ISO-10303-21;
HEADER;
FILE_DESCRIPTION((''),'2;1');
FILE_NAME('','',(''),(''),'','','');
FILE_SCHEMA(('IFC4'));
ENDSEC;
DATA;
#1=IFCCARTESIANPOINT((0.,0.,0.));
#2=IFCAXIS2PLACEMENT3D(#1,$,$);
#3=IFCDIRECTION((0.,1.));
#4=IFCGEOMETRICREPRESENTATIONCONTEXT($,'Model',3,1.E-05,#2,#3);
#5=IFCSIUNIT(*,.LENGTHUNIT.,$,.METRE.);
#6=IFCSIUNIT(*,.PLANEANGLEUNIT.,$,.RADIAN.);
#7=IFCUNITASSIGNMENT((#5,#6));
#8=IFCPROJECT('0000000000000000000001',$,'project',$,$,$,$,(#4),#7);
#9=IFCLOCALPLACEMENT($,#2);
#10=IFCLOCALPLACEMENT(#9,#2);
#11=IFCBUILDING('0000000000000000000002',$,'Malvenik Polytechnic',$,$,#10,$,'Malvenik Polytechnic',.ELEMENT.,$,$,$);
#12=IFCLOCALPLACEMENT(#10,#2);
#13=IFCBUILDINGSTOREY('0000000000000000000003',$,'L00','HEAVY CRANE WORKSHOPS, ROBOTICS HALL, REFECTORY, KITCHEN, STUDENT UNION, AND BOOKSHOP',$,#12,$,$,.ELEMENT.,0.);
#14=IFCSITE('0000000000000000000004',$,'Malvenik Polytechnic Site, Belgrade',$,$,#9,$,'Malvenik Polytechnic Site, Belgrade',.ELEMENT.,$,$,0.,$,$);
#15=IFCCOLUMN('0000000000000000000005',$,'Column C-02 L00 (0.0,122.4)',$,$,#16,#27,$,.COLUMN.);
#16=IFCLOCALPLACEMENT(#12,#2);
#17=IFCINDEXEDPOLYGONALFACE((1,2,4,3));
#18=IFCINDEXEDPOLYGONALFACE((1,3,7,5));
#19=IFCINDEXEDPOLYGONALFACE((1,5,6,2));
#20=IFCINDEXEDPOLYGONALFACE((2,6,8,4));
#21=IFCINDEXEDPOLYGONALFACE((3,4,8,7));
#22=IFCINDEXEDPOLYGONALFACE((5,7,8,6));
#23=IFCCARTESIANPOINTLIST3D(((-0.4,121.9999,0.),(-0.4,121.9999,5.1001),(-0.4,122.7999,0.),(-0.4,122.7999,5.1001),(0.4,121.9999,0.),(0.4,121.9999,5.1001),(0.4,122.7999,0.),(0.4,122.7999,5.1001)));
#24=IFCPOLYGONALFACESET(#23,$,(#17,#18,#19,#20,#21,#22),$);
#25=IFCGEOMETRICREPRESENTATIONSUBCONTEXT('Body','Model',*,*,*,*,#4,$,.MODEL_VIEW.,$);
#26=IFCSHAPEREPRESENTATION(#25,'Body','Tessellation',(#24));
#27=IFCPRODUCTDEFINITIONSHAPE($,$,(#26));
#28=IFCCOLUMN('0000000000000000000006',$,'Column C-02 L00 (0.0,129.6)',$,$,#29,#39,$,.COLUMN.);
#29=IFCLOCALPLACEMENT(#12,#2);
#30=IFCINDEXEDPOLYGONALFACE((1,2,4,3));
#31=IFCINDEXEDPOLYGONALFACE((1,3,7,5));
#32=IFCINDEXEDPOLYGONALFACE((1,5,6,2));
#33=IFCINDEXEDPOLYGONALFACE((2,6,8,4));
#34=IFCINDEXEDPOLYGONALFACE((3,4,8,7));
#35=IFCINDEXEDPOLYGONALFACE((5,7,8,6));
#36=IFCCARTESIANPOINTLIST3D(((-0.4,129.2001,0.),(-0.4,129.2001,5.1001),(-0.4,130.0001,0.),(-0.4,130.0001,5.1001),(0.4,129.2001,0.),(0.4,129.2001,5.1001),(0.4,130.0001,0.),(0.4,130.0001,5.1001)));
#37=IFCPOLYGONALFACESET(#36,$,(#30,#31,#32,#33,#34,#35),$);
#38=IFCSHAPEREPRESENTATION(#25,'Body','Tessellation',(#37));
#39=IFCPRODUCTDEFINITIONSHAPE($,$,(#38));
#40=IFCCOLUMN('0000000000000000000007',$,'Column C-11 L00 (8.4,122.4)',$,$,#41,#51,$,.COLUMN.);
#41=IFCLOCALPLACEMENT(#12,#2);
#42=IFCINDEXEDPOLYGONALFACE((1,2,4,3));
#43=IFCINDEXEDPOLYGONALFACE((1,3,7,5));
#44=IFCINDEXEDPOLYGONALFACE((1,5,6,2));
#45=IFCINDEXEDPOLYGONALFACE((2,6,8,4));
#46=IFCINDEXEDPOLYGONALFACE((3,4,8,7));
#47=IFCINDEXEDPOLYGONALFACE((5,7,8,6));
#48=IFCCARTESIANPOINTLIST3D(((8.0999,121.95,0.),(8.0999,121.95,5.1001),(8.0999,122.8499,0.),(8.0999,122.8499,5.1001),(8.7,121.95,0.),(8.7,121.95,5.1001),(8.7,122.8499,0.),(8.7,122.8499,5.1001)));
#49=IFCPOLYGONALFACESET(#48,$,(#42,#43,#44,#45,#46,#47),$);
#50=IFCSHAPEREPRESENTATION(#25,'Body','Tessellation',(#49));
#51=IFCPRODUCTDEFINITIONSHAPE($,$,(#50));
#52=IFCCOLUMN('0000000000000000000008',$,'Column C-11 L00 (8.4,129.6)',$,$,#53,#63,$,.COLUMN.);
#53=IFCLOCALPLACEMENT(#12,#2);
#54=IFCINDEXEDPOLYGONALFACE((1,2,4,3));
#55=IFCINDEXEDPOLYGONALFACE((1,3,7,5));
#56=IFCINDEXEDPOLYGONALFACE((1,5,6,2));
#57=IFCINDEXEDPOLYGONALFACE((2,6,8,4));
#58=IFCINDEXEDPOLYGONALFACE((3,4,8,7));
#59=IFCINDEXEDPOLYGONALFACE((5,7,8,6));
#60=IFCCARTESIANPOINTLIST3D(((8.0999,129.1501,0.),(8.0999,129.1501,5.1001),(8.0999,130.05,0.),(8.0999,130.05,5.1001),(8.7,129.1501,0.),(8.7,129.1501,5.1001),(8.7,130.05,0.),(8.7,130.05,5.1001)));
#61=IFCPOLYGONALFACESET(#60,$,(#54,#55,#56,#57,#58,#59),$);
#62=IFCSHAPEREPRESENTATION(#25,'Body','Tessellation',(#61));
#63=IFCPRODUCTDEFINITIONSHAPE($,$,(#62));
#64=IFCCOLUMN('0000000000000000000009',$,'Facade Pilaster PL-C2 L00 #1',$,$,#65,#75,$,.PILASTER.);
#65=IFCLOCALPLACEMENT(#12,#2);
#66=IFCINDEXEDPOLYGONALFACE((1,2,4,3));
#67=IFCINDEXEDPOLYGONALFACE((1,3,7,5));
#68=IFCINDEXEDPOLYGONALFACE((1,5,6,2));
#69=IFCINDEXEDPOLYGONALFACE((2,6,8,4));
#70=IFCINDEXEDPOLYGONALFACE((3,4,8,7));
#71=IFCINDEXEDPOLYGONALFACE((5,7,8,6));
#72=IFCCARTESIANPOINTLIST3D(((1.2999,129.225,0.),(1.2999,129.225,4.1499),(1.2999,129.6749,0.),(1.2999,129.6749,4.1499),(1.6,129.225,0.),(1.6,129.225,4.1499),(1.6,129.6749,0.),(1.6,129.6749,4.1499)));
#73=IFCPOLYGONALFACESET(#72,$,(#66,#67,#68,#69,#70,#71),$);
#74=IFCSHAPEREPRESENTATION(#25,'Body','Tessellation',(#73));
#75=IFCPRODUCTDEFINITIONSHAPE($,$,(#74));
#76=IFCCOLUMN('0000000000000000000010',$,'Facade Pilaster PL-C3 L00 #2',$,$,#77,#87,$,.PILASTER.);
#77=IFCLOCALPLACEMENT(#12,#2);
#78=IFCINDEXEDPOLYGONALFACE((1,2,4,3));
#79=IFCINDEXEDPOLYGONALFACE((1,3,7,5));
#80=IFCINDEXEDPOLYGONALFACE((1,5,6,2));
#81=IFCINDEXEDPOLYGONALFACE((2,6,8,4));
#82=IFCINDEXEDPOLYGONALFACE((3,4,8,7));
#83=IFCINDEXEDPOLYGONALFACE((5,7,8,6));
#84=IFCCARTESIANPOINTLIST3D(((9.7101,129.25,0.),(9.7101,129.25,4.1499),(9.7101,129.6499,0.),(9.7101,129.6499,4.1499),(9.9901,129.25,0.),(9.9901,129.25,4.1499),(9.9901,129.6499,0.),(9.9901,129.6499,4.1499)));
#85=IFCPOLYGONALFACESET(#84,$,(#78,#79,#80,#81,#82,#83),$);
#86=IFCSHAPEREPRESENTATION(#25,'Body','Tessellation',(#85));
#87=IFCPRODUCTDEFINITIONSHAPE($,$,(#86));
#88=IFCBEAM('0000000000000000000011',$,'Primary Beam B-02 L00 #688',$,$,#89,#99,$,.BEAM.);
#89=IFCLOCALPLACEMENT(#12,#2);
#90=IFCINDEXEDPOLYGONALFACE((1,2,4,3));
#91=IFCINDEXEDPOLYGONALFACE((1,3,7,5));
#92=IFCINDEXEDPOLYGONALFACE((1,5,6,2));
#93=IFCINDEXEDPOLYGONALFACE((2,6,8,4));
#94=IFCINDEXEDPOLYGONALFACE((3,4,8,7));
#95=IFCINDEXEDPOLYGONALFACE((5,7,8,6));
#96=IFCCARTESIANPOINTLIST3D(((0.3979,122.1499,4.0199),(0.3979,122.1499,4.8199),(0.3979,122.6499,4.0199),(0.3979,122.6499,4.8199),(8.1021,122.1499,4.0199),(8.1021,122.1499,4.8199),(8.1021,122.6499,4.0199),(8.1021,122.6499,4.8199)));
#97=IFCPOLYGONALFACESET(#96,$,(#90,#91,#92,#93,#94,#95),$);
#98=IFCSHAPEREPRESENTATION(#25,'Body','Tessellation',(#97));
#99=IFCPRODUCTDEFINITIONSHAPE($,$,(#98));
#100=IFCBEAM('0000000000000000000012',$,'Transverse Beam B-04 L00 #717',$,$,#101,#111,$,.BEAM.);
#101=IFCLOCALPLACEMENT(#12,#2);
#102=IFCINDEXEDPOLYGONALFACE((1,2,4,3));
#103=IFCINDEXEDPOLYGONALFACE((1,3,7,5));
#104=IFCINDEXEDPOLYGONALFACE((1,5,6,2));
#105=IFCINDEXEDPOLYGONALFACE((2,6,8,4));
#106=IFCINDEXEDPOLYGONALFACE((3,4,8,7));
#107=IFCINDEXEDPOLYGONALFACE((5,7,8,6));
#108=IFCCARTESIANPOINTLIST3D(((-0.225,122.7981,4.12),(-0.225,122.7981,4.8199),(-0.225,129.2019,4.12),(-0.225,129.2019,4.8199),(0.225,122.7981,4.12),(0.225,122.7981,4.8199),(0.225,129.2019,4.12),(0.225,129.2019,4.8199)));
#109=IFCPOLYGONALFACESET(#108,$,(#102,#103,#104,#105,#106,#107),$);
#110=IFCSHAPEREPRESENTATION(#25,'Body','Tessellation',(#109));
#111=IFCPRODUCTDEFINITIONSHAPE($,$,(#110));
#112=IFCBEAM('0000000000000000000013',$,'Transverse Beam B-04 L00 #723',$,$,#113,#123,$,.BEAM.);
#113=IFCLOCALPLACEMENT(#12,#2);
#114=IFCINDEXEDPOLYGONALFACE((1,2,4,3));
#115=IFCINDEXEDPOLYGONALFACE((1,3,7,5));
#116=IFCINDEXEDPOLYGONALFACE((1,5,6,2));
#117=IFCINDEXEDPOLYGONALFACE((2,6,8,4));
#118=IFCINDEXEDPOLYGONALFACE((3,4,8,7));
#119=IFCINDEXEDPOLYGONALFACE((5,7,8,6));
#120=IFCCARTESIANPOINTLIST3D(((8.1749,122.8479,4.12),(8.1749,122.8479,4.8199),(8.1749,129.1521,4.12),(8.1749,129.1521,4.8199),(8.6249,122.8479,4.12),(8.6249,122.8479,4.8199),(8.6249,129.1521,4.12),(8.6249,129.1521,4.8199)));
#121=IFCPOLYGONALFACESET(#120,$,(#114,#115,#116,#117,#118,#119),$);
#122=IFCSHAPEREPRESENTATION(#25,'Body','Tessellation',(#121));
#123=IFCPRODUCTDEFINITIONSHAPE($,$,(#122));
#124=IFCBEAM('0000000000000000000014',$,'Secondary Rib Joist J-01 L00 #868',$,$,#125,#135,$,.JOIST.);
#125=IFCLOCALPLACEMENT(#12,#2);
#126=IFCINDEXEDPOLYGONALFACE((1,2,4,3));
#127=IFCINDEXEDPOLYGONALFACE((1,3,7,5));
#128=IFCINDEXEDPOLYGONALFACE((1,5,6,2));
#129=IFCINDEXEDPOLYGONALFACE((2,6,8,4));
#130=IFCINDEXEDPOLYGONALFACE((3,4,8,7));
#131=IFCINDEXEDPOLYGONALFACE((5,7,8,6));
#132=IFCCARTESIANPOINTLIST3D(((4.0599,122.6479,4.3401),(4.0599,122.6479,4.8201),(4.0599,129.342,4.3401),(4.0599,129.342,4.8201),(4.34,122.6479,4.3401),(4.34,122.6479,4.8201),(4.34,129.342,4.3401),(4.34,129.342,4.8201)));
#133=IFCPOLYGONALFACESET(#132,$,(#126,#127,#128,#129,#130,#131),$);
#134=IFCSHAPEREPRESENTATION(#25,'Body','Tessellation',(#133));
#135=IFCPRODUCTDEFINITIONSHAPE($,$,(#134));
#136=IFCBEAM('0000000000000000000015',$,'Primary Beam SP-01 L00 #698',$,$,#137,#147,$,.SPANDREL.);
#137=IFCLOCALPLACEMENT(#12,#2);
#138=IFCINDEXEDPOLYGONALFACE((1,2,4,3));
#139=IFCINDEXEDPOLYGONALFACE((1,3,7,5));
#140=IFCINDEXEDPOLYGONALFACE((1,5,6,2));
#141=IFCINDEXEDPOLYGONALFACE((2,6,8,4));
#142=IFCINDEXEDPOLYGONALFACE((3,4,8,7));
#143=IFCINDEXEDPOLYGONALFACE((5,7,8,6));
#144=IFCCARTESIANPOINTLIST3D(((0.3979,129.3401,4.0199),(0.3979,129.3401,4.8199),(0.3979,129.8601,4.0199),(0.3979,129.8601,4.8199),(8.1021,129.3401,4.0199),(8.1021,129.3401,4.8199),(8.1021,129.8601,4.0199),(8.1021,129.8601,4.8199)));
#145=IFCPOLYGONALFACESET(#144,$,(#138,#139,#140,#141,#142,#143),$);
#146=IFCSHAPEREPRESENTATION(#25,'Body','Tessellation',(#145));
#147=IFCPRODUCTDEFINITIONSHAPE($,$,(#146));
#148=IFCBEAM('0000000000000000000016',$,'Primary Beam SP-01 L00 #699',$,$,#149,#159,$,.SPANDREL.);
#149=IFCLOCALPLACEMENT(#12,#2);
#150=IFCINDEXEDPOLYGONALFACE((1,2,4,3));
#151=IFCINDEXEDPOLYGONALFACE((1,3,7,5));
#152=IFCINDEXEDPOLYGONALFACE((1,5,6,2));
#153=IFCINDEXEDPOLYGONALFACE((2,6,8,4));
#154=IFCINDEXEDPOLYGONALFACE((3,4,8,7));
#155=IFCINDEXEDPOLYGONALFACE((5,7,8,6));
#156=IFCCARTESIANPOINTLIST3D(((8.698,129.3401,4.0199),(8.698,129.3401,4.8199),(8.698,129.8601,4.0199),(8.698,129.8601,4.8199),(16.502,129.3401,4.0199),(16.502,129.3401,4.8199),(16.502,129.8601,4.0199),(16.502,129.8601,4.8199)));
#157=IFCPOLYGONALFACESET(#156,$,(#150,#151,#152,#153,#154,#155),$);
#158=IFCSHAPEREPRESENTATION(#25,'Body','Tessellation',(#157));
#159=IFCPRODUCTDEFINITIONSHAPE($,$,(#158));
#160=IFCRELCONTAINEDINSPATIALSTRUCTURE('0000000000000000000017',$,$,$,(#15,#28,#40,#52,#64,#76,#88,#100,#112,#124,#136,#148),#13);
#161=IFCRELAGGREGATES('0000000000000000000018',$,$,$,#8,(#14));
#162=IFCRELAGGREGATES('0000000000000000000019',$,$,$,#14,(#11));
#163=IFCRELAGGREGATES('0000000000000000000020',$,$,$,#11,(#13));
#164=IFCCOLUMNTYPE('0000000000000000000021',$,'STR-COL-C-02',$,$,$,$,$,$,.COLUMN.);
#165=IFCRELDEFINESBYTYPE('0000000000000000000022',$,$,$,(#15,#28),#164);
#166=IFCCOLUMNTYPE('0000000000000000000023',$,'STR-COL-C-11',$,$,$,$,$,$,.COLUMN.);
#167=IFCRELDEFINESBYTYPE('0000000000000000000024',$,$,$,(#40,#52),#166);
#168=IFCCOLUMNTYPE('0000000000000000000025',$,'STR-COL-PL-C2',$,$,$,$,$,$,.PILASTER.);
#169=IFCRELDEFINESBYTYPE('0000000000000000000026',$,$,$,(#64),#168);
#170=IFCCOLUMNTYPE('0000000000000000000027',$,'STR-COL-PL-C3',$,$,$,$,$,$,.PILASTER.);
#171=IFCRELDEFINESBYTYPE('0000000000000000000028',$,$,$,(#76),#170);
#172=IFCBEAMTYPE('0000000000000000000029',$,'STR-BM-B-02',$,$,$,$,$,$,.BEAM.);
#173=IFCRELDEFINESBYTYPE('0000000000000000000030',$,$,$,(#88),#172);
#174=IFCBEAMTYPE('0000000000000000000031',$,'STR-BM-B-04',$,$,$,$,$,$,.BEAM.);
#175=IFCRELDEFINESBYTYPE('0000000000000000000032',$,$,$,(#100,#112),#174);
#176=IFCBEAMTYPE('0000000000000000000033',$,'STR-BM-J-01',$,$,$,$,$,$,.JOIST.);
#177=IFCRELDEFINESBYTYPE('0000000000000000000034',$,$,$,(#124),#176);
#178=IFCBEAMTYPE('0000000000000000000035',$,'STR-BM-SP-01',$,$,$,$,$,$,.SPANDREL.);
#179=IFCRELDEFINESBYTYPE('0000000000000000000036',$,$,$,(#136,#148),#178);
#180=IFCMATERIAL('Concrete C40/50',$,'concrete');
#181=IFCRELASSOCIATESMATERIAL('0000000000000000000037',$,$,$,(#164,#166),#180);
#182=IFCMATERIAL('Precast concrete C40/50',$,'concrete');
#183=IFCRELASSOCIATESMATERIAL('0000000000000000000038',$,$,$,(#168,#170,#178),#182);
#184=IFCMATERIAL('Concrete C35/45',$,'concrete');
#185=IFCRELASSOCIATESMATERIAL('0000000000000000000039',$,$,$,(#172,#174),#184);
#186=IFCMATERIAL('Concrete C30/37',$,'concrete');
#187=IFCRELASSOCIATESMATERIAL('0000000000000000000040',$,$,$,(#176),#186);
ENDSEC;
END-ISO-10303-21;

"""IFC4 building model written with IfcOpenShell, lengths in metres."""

from ifc_helpers import new_model, si_unit, direction, frame, origin, origin_2d, place, context, subcontext, project, spatial, rectangle, extrude, material, material_profile, profile_set, type_object, element, save


model = new_model("IFC4")

# Units and contexts
model_context = context("Model", 3, precision=1e-05, world=origin(), true_north=direction((0.0, 1.0)))
body_context = subcontext(model_context, "Body", "Model", "MODEL_VIEW")
ifc_project = project(units=[si_unit("LENGTHUNIT", "METRE"), si_unit("PLANEANGLEUNIT", "RADIAN")], contexts=[model_context])

# Site, building, storey
site_placement = place(None, origin())
site = spatial("IfcSite", under=ifc_project, at=site_placement, Name="Malvenik Polytechnic Site, Belgrade", LongName="Malvenik Polytechnic Site, Belgrade", CompositionType="ELEMENT", RefElevation=0.0)
building_placement = place(site_placement, origin())
building = spatial("IfcBuilding", under=site, at=building_placement, Name="Malvenik Polytechnic", LongName="Malvenik Polytechnic", CompositionType="ELEMENT")
storey_placement = place(building_placement, origin())
storey = spatial("IfcBuildingStorey", under=building, at=storey_placement, Name="L00", Description="HEAVY CRANE WORKSHOPS, ROBOTICS HALL, REFECTORY, KITCHEN, STUDENT UNION, AND BOOKSHOP", CompositionType="ELEMENT", Elevation=0.0)

# Columns
ifc_material_1 = material(Name="Concrete C40/50", Category="concrete")
ifc_material_profile_1 = material_profile(ifc_material_1, rectangle(XDim=0.8, YDim=0.8, at=origin_2d()), Name="RC COL 800x800")
ifc_profile_set_1 = profile_set([ifc_material_profile_1], Name="Concrete C40/50")
column_type_1 = type_object("IfcColumnType", Name="STR-COL-C-02", PredefinedType="COLUMN", material=ifc_profile_set_1)
for number, where, z_axis, x_axis, name in (
    (1, (0.0, 122.3999, 0.0), (0.0, 0.0, 1.0), (1.0, 0.0, 0.0), "Column C-02 L00 (0.0,122.4)"),
    (2, (0.0, 129.6001, 0.0), (0.0, 0.0, 1.0), (1.0, 0.0, 0.0), "Column C-02 L00 (0.0,129.6)"),
):
    element("IfcColumn", number, at=place(storey_placement, frame(where, z_axis=z_axis, x_axis=x_axis)), inside=storey, type_object=column_type_1, Name=name, PredefinedType="COLUMN", context=body_context, shape_type="SweptSolid", body=[
        extrude(rectangle(XDim=0.8, YDim=0.8, at=origin_2d()), origin(), (0.0, 0.0, 1.0), 5.1001),
    ])
ifc_material_profile_2 = material_profile(ifc_material_1, rectangle(XDim=0.6001, YDim=0.8999, at=origin_2d()), Name="RC COL 900x600")
ifc_profile_set_2 = profile_set([ifc_material_profile_2], Name="Concrete C40/50")
column_type_2 = type_object("IfcColumnType", Name="STR-COL-C-11", PredefinedType="COLUMN", material=ifc_profile_set_2)
for number, where, z_axis, x_axis, name in (
    (3, (8.3999, 122.3999, 0.0), (0.0, 0.0, 1.0), (1.0, 0.0, 0.0), "Column C-11 L00 (8.4,122.4)"),
    (4, (8.3999, 129.6001, 0.0), (0.0, 0.0, 1.0), (1.0, 0.0, 0.0), "Column C-11 L00 (8.4,129.6)"),
):
    element("IfcColumn", number, at=place(storey_placement, frame(where, z_axis=z_axis, x_axis=x_axis)), inside=storey, type_object=column_type_2, Name=name, PredefinedType="COLUMN", context=body_context, shape_type="SweptSolid", body=[
        extrude(rectangle(XDim=0.6001, YDim=0.8999, at=origin_2d()), origin(), (0.0, 0.0, 1.0), 5.1001),
    ])
ifc_material_2 = material(Name="Precast concrete C40/50", Category="concrete")
ifc_material_profile_3 = material_profile(ifc_material_2, rectangle(XDim=0.3, YDim=0.45, at=origin_2d()), Name="RC PIL 450x300")
ifc_profile_set_3 = profile_set([ifc_material_profile_3], Name="Precast concrete C40/50")
column_type_3 = type_object("IfcColumnType", Name="STR-COL-PL-C2", PredefinedType="PILASTER", material=ifc_profile_set_3)
column_1_placement = place(storey_placement, frame((1.45, 129.45, 0.0), z_axis=(0.0, 0.0, 1.0), x_axis=(1.0, 0.0, 0.0)))
element("IfcColumn", 5, at=column_1_placement, inside=storey, type_object=column_type_3, Name="Facade Pilaster PL-C2 L00 #1", PredefinedType="PILASTER", context=body_context, shape_type="SweptSolid", body=[
    extrude(rectangle(XDim=0.3, YDim=0.45, at=origin_2d()), origin(), (0.0, 0.0, 1.0), 4.1499),
])
ifc_material_profile_4 = material_profile(ifc_material_2, rectangle(XDim=0.28, YDim=0.3999, at=origin_2d()), Name="RC PIL 400x280")
ifc_profile_set_4 = profile_set([ifc_material_profile_4], Name="Precast concrete C40/50")
column_type_4 = type_object("IfcColumnType", Name="STR-COL-PL-C3", PredefinedType="PILASTER", material=ifc_profile_set_4)
column_2_placement = place(storey_placement, frame((9.8501, 129.45, 0.0), z_axis=(0.0, 0.0, 1.0), x_axis=(1.0, 0.0, 0.0)))
element("IfcColumn", 6, at=column_2_placement, inside=storey, type_object=column_type_4, Name="Facade Pilaster PL-C3 L00 #2", PredefinedType="PILASTER", context=body_context, shape_type="SweptSolid", body=[
    extrude(rectangle(XDim=0.28, YDim=0.3999, at=origin_2d()), origin(), (0.0, 0.0, 1.0), 4.1499),
])

# Beams
ifc_material_3 = material(Name="Concrete C35/45", Category="concrete")
ifc_material_profile_5 = material_profile(ifc_material_3, rectangle(XDim=0.5, YDim=0.8, at=origin_2d()), Name="RC BM 500x800")
ifc_profile_set_5 = profile_set([ifc_material_profile_5], Name="Concrete C35/45")
beam_type_1 = type_object("IfcBeamType", Name="STR-BM-B-02", PredefinedType="BEAM", material=ifc_profile_set_5)
beam_1_placement = place(storey_placement, frame((0.3979, 122.3999, 4.4199), z_axis=(1.0, 0.0, 0.0), x_axis=(0.0, 1.0, 0.0)))
element("IfcBeam", 7, at=beam_1_placement, inside=storey, type_object=beam_type_1, Name="Primary Beam B-02 L00 #688", PredefinedType="BEAM", context=body_context, shape_type="SweptSolid", body=[
    extrude(rectangle(XDim=0.5, YDim=0.8, at=origin_2d()), origin(), (0.0, 0.0, 1.0), 7.7041),
])
ifc_material_profile_6 = material_profile(ifc_material_3, rectangle(XDim=0.45, YDim=0.7, at=origin_2d()), Name="RC BM 450x700")
ifc_profile_set_6 = profile_set([ifc_material_profile_6], Name="Concrete C35/45")
beam_type_2 = type_object("IfcBeamType", Name="STR-BM-B-04", PredefinedType="BEAM", material=ifc_profile_set_6)
beam_2_placement = place(storey_placement, frame((0.0, 122.7981, 4.47), z_axis=(0.0, 1.0, 0.0), x_axis=(-1.0, 0.0, 0.0)))
element("IfcBeam", 8, at=beam_2_placement, inside=storey, type_object=beam_type_2, Name="Transverse Beam B-04 L00 #717", PredefinedType="BEAM", context=body_context, shape_type="SweptSolid", body=[
    extrude(rectangle(XDim=0.45, YDim=0.7, at=origin_2d()), origin(), (0.0, 0.0, 1.0), 6.4038),
])
beam_3_placement = place(storey_placement, frame((8.3999, 122.8479, 4.47), z_axis=(0.0, 1.0, 0.0), x_axis=(-1.0, 0.0, 0.0)))
element("IfcBeam", 9, at=beam_3_placement, inside=storey, type_object=beam_type_2, Name="Transverse Beam B-04 L00 #723", PredefinedType="BEAM", context=body_context, shape_type="SweptSolid", body=[
    extrude(rectangle(XDim=0.45, YDim=0.7, at=origin_2d()), origin(), (0.0, 0.0, 1.0), 6.3042),
])
ifc_material_4 = material(Name="Concrete C30/37", Category="concrete")
ifc_material_profile_7 = material_profile(ifc_material_4, rectangle(XDim=0.28, YDim=0.48, at=origin_2d()), Name="RC JST 280x480")
ifc_profile_set_7 = profile_set([ifc_material_profile_7], Name="Concrete C30/37")
beam_type_3 = type_object("IfcBeamType", Name="STR-BM-J-01", PredefinedType="JOIST", material=ifc_profile_set_7)
beam_4_placement = place(storey_placement, frame((4.2, 122.6479, 4.5801), z_axis=(0.0, 1.0, 0.0), x_axis=(-1.0, 0.0, 0.0)))
element("IfcBeam", 10, at=beam_4_placement, inside=storey, type_object=beam_type_3, Name="Secondary Rib Joist J-01 L00 #868", PredefinedType="JOIST", context=body_context, shape_type="SweptSolid", body=[
    extrude(rectangle(XDim=0.28, YDim=0.48, at=origin_2d()), origin(), (0.0, 0.0, 1.0), 6.6941),
])
ifc_material_profile_8 = material_profile(ifc_material_2, rectangle(XDim=0.52, YDim=0.8, at=origin_2d()), Name="PC SPN 520x800")
ifc_profile_set_8 = profile_set([ifc_material_profile_8], Name="Precast concrete C40/50")
beam_type_4 = type_object("IfcBeamType", Name="STR-BM-SP-01", PredefinedType="SPANDREL", material=ifc_profile_set_8)
beam_5_placement = place(storey_placement, frame((0.3979, 129.6001, 4.4199), z_axis=(1.0, 0.0, 0.0), x_axis=(0.0, 1.0, 0.0)))
element("IfcBeam", 11, at=beam_5_placement, inside=storey, type_object=beam_type_4, Name="Primary Beam SP-01 L00 #698", PredefinedType="SPANDREL", context=body_context, shape_type="SweptSolid", body=[
    extrude(rectangle(XDim=0.52, YDim=0.8, at=origin_2d()), origin(), (0.0, 0.0, 1.0), 7.7041),
])
beam_6_placement = place(storey_placement, frame((8.698, 129.6001, 4.4199), z_axis=(1.0, 0.0, 0.0), x_axis=(0.0, 1.0, 0.0)))
element("IfcBeam", 12, at=beam_6_placement, inside=storey, type_object=beam_type_4, Name="Primary Beam SP-01 L00 #699", PredefinedType="SPANDREL", context=body_context, shape_type="SweptSolid", body=[
    extrude(rectangle(XDim=0.52, YDim=0.8, at=origin_2d()), origin(), (0.0, 0.0, 1.0), 7.804),
])

save(model, "model.ifc")
